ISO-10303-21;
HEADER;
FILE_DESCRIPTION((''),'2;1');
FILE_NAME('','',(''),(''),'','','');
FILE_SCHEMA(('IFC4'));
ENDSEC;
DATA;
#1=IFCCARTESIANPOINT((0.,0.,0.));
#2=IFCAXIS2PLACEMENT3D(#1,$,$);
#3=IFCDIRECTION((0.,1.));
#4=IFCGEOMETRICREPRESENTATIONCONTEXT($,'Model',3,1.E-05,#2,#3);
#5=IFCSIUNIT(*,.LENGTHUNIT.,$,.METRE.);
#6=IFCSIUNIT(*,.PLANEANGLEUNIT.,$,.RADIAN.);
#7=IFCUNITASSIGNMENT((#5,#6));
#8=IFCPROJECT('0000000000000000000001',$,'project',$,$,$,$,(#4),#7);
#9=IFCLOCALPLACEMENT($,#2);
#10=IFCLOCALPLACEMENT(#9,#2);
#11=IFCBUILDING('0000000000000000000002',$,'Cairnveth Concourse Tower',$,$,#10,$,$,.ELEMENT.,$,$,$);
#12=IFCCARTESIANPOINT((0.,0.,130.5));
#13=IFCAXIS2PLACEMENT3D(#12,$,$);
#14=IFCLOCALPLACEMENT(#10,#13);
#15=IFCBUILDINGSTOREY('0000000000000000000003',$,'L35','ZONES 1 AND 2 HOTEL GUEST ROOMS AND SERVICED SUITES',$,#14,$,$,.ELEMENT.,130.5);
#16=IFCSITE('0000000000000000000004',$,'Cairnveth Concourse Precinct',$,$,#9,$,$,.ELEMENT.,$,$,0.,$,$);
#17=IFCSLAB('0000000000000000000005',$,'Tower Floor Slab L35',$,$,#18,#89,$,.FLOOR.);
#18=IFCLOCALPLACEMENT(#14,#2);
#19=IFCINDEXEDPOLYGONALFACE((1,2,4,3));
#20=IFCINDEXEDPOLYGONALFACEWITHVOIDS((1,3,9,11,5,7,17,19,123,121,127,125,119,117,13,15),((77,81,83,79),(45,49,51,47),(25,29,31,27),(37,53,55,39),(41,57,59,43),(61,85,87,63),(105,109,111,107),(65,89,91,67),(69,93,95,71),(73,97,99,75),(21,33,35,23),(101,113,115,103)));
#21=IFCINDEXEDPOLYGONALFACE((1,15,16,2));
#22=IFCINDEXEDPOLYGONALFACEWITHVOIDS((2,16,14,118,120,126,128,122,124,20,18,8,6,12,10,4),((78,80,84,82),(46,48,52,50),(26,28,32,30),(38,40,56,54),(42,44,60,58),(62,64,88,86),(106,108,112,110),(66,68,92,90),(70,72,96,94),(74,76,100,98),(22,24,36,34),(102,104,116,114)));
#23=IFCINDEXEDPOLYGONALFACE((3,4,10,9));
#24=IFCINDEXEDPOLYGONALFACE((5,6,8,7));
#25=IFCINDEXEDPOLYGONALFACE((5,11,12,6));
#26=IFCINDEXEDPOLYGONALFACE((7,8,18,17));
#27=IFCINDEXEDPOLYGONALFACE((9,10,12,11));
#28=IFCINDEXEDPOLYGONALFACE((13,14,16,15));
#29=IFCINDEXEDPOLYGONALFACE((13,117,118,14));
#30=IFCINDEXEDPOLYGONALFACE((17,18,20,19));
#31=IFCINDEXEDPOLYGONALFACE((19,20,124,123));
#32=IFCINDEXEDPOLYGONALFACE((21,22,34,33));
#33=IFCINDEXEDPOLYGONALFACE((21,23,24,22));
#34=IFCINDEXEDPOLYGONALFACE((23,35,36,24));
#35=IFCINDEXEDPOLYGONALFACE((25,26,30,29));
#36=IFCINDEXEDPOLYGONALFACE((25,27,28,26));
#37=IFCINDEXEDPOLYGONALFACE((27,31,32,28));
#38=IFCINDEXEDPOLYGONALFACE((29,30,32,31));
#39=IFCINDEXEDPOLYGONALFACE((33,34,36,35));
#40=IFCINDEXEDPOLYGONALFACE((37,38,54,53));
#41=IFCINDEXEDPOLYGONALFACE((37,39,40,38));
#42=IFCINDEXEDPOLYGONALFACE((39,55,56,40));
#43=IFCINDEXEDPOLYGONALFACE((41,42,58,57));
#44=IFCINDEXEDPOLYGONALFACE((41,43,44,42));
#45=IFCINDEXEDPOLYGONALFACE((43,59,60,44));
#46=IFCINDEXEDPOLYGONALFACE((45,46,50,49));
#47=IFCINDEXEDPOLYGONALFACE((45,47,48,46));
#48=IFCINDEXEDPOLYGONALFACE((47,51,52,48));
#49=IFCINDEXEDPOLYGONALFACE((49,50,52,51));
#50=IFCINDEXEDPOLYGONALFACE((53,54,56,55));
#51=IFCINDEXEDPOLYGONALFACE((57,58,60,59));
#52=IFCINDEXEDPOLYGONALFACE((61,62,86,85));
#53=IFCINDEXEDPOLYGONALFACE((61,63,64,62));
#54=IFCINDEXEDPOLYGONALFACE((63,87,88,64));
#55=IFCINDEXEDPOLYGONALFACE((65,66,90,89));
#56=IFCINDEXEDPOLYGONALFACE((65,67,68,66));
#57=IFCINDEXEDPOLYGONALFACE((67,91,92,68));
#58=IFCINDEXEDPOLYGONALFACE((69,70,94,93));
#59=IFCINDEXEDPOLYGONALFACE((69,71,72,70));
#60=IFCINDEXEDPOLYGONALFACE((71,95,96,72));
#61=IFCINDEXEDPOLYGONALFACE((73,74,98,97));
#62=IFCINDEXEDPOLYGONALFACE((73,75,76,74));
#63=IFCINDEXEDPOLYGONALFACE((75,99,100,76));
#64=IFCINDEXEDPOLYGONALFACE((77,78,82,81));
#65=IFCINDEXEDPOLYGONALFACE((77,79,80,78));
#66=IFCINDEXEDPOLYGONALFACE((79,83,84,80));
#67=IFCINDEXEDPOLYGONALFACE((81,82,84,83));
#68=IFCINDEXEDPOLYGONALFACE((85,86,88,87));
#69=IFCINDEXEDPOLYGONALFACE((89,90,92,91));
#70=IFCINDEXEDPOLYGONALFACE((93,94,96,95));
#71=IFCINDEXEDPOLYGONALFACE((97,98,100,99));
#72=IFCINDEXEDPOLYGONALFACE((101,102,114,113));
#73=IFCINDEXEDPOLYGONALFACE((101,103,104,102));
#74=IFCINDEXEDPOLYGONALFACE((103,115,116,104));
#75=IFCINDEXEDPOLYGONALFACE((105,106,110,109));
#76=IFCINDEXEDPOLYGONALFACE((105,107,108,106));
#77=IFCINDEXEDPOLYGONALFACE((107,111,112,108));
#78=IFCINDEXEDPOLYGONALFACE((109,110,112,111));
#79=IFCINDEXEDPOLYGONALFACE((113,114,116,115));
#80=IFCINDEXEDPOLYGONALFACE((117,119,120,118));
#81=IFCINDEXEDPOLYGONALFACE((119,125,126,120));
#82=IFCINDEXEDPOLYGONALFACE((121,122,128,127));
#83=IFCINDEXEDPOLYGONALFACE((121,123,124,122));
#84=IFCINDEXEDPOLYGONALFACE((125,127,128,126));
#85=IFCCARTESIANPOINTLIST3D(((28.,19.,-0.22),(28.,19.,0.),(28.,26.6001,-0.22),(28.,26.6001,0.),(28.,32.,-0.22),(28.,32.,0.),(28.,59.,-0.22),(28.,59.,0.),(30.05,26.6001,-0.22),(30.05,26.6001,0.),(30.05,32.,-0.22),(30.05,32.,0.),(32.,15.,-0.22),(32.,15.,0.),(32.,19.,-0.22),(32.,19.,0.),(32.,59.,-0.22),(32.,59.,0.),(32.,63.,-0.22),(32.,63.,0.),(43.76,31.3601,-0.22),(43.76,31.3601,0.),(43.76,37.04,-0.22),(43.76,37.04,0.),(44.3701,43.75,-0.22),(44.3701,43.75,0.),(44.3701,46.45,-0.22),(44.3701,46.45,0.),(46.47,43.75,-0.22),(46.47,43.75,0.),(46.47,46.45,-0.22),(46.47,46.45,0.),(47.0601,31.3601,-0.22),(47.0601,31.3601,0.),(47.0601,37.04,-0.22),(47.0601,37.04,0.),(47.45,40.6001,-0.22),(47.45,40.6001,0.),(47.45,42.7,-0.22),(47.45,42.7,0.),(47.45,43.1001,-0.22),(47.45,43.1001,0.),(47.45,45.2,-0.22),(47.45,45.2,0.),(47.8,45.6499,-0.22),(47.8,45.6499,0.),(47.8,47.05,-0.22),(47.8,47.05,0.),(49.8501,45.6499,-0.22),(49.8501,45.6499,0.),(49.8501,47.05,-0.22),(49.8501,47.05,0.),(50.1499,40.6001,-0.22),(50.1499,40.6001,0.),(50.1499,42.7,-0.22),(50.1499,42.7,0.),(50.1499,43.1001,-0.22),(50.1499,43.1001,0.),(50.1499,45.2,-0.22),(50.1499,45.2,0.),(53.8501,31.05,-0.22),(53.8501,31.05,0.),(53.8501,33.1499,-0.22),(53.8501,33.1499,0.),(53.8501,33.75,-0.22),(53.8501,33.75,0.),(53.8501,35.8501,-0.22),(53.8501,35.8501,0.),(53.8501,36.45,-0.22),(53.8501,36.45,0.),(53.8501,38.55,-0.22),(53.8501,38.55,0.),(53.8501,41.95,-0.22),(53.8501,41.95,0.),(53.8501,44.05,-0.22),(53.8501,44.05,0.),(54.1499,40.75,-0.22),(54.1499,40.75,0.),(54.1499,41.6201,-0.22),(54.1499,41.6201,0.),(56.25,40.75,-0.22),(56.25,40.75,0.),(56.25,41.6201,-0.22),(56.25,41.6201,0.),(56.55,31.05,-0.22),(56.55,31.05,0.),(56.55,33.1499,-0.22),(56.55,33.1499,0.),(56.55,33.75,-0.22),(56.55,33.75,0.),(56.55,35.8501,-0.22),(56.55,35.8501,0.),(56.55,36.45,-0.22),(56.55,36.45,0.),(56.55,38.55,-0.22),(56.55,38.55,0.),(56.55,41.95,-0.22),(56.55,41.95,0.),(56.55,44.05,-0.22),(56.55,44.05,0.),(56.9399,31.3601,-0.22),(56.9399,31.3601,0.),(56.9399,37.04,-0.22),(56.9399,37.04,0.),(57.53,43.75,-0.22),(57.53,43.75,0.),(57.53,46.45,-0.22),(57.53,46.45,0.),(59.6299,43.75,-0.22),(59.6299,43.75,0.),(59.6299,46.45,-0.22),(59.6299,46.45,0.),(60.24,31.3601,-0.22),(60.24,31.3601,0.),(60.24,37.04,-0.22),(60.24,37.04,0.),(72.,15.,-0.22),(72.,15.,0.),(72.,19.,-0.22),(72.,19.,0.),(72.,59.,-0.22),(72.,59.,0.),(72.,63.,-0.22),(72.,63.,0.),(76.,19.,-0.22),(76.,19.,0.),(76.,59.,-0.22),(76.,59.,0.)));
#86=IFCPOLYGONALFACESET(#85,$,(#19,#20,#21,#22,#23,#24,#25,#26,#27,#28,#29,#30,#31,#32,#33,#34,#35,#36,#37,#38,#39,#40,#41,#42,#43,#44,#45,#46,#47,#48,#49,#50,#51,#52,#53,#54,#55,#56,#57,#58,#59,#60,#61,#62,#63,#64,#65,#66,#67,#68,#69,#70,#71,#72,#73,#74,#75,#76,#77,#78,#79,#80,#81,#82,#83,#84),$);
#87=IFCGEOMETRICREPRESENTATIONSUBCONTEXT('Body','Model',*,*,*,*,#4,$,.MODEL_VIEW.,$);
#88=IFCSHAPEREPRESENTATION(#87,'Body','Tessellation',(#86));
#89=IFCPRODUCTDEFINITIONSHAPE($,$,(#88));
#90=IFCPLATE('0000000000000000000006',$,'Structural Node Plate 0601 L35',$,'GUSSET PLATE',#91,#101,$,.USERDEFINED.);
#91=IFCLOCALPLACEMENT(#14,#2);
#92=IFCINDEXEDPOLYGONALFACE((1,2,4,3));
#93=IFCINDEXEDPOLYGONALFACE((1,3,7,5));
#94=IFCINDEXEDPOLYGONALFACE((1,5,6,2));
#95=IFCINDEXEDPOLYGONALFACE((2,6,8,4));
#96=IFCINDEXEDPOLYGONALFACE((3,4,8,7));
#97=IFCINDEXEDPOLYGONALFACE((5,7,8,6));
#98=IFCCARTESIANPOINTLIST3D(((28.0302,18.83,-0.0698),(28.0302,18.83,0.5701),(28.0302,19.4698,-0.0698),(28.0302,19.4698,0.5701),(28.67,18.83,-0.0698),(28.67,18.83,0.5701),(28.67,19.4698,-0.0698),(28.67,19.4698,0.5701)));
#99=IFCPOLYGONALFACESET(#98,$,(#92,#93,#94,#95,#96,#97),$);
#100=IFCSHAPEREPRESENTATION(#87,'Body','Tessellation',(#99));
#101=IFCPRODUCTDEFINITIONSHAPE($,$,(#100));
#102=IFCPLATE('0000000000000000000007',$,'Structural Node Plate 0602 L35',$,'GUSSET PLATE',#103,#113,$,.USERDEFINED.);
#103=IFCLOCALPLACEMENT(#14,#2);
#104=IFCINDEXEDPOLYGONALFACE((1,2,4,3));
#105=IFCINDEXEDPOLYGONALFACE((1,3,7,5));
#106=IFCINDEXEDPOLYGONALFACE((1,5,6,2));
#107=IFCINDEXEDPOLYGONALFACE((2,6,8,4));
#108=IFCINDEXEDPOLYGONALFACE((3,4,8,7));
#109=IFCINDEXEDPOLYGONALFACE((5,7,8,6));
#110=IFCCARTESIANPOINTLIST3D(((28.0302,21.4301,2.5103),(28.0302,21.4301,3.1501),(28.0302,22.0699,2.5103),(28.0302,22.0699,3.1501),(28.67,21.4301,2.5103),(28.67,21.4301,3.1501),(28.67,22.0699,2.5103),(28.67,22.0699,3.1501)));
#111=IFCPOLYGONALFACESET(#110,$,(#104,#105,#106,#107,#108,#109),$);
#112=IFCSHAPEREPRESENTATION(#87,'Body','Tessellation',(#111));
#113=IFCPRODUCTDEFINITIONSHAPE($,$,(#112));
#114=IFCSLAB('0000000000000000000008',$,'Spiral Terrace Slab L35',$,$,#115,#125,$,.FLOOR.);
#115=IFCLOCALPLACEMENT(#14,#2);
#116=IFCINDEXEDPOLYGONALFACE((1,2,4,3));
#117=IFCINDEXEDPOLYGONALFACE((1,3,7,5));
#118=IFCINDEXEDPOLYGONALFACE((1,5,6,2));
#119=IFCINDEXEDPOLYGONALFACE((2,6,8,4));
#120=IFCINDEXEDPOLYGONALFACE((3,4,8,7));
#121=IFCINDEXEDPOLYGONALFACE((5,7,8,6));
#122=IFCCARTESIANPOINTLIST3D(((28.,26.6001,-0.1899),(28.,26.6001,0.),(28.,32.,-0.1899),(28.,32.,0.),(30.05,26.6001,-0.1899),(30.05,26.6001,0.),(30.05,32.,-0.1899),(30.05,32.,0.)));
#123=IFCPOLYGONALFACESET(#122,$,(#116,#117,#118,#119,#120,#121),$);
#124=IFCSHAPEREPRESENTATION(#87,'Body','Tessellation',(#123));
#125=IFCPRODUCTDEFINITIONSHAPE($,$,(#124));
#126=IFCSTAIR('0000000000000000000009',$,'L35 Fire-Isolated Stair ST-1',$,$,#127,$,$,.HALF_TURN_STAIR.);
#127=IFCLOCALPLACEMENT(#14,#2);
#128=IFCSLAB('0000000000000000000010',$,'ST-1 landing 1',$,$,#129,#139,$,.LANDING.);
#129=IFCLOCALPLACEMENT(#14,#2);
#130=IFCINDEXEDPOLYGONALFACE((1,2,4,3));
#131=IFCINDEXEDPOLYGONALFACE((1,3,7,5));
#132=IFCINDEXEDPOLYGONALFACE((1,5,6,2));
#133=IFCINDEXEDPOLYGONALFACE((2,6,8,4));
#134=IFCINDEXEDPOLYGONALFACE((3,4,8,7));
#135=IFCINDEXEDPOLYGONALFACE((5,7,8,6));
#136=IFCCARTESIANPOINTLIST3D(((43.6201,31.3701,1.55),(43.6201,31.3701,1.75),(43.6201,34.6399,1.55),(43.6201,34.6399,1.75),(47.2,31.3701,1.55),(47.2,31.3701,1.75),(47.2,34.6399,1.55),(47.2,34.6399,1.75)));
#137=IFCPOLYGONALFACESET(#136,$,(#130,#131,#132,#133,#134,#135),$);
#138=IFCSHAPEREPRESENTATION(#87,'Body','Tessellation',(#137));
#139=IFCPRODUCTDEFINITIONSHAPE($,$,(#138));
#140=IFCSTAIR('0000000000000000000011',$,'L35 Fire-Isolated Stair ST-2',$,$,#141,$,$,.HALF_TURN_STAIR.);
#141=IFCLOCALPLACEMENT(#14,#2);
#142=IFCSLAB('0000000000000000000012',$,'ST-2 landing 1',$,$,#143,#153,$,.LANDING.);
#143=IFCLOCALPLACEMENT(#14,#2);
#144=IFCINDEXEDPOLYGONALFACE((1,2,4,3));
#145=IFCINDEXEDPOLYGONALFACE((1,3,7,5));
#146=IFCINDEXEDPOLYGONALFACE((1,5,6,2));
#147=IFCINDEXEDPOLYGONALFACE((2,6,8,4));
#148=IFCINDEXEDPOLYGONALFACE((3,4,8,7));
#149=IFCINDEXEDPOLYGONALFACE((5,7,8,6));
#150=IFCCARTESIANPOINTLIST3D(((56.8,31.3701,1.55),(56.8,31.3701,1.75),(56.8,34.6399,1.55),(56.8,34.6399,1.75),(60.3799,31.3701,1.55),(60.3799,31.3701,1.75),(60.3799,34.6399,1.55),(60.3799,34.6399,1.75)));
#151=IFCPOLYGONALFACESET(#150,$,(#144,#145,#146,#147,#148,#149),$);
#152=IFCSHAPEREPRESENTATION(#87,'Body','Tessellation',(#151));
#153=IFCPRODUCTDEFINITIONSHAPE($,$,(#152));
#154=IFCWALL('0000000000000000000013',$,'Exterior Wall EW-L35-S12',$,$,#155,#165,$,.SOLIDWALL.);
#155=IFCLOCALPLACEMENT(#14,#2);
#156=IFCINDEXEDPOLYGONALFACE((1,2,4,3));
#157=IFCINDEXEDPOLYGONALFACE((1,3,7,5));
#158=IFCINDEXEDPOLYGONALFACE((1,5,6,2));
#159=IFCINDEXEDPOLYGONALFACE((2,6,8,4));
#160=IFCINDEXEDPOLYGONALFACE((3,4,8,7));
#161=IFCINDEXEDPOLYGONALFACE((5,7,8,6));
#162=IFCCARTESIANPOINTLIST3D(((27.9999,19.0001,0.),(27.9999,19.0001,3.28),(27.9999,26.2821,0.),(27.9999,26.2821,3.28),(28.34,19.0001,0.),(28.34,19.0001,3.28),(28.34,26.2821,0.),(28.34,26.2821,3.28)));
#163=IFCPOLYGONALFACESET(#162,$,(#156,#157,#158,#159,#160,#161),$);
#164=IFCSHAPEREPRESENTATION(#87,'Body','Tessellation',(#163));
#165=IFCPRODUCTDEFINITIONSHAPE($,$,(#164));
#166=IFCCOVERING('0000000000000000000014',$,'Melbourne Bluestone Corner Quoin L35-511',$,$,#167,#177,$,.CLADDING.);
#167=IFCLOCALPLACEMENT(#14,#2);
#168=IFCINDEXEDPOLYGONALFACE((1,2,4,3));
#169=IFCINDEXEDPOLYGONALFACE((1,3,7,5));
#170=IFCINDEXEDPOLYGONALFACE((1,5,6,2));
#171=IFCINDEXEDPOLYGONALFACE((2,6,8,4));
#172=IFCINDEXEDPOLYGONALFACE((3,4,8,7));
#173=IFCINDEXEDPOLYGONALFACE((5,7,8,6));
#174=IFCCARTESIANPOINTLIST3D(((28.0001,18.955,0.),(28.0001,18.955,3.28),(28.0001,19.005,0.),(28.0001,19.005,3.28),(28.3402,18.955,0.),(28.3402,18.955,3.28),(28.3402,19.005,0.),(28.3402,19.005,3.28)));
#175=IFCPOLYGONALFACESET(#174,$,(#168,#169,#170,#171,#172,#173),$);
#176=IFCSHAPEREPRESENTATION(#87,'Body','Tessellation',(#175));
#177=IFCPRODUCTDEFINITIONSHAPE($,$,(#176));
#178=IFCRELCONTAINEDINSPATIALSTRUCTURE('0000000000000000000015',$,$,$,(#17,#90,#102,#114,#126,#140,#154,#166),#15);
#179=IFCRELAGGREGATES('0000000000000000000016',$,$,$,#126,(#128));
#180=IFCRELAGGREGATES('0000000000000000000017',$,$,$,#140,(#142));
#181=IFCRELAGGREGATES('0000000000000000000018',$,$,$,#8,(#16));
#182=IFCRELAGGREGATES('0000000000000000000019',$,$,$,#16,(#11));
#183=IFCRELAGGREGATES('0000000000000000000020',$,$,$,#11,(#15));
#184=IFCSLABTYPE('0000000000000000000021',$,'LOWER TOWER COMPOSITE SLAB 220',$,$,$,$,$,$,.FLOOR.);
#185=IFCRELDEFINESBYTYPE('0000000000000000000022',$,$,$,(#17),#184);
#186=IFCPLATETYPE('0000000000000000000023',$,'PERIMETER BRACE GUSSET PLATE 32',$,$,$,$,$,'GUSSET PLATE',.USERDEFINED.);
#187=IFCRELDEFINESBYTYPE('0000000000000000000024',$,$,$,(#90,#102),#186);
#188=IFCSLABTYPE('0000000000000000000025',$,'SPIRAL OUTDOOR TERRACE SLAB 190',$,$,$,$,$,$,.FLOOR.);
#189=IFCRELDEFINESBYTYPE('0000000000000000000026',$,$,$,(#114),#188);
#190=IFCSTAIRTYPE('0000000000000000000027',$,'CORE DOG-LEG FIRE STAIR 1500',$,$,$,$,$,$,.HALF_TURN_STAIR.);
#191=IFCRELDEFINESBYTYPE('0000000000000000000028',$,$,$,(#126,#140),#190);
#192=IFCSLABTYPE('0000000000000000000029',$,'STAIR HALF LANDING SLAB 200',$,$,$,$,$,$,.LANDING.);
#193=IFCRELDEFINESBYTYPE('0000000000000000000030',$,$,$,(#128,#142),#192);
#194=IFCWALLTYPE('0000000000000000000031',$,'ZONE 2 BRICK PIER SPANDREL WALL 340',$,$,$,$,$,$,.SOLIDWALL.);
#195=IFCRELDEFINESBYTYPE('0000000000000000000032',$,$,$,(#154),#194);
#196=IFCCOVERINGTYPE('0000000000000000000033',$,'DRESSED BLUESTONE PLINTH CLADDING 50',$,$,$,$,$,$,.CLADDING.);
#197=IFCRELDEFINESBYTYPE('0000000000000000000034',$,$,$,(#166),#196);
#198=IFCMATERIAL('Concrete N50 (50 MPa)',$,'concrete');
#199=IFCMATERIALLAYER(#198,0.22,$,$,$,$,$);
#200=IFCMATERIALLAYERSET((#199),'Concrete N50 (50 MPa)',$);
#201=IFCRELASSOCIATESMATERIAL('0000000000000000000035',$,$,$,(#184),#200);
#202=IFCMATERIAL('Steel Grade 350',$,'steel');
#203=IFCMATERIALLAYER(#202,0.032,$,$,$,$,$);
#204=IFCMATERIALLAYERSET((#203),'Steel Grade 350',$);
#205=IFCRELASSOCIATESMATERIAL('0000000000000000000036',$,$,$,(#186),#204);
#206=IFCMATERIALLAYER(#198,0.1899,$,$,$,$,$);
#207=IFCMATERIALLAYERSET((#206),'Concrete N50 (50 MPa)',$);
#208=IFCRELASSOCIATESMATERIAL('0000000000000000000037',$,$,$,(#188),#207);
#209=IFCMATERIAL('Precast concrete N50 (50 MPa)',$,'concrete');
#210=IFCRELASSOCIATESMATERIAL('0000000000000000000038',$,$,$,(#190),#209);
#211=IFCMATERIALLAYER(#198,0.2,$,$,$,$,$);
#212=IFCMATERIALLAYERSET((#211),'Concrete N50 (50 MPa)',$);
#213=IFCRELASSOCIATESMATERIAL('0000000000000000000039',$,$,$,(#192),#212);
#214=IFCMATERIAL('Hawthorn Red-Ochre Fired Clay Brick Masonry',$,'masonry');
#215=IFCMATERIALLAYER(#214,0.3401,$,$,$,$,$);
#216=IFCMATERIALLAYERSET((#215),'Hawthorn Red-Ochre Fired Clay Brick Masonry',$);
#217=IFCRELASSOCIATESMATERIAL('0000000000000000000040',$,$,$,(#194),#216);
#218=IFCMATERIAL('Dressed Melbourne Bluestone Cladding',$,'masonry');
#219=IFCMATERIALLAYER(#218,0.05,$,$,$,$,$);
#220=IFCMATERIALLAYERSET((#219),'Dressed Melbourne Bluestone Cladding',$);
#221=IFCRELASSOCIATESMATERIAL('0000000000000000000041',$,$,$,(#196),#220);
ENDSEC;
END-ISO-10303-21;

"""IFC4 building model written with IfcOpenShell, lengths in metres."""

from ifc_helpers import new_model, si_unit, direction, frame, frame_2d, origin, origin_2d, place, context, subcontext, project, spatial, polyline, rectangle, outline, extrude, material, layer, layer_set, type_object, element, aggregate, save


model = new_model("IFC4")

# Units and contexts
model_context = context("Model", 3, precision=1e-05, world=origin(), true_north=direction((0.0, 1.0)))
body_context = subcontext(model_context, "Body", "Model", "MODEL_VIEW")
ifc_project = project(units=[si_unit("LENGTHUNIT", "METRE"), si_unit("PLANEANGLEUNIT", "RADIAN")], contexts=[model_context])

# Site, building, storey
site_placement = place(None, origin())
site = spatial("IfcSite", under=ifc_project, at=site_placement, Name="Cairnveth Concourse Precinct", CompositionType="ELEMENT", RefElevation=0.0)
building_placement = place(site_placement, origin())
building = spatial("IfcBuilding", under=site, at=building_placement, Name="Cairnveth Concourse Tower", CompositionType="ELEMENT")
storey_placement = place(building_placement, frame((0.0, 0.0, 130.5)))
storey = spatial("IfcBuildingStorey", under=building, at=storey_placement, Name="L35", Description="ZONES 1 AND 2 HOTEL GUEST ROOMS AND SERVICED SUITES", CompositionType="ELEMENT", Elevation=130.5)

# Shared definitions
ifc_material_1 = material(Name="Steel Grade 350", Category="steel")

# Slab
ifc_material_2 = material(Name="Concrete N50 (50 MPa)", Category="concrete")
ifc_layer_1 = layer(ifc_material_2, 0.22)
ifc_layer_set_1 = layer_set([ifc_layer_1], Name="Concrete N50 (50 MPa)")
slab_type_1 = type_object("IfcSlabType", Name="LOWER TOWER COMPOSITE SLAB 220", PredefinedType="FLOOR", material=ifc_layer_set_1)
slab_1_placement = place(storey_placement, frame((0.0, 0.0, -0.22)))
element("IfcSlab", 1, at=slab_1_placement, inside=storey, type_object=slab_type_1, Name="Tower Floor Slab L35", PredefinedType="FLOOR", context=body_context, shape_type="SweptSolid", body=[
    extrude(outline(polyline([(28.0, 32.0), (30.05, 32.0), (30.05, 26.6001), (28.0, 26.6001), (28.0, 19.0), (32.0, 19.0), (32.0, 15.0), (72.0, 15.0), (72.0, 19.0), (76.0, 19.0), (76.0, 59.0), (72.0, 59.0), (72.0, 63.0), (32.0, 63.0), (32.0, 59.0), (28.0, 59.0), (28.0, 32.0)]), holes=[polyline([(43.76, 31.3601), (47.0601, 31.3601), (47.0601, 37.04), (43.76, 37.04), (43.76, 31.3601)]), polyline([(56.9399, 31.3601), (60.24, 31.3601), (60.24, 37.04), (56.9399, 37.04), (56.9399, 31.3601)]), polyline([(44.3701, 43.75), (46.47, 43.75), (46.47, 46.45), (44.3701, 46.45), (44.3701, 43.75)]), polyline([(57.53, 43.75), (59.6299, 43.75), (59.6299, 46.45), (57.53, 46.45), (57.53, 43.75)]), polyline([(53.8501, 31.05), (56.55, 31.05), (56.55, 33.1499), (53.8501, 33.1499), (53.8501, 31.05)]), polyline([(53.8501, 33.75), (56.55, 33.75), (56.55, 35.8501), (53.8501, 35.8501), (53.8501, 33.75)]), polyline([(53.8501, 36.45), (56.55, 36.45), (56.55, 38.55), (53.8501, 38.55), (53.8501, 36.45)]), polyline([(47.45, 40.6001), (50.1499, 40.6001), (50.1499, 42.7), (47.45, 42.7), (47.45, 40.6001)]), polyline([(47.45, 43.1001), (50.1499, 43.1001), (50.1499, 45.2), (47.45, 45.2), (47.45, 43.1001)]), polyline([(53.8501, 41.95), (56.55, 41.95), (56.55, 44.05), (53.8501, 44.05), (53.8501, 41.95)]), polyline([(47.8, 45.6499), (49.8501, 45.6499), (49.8501, 47.05), (47.8, 47.05), (47.8, 45.6499)]), polyline([(54.1499, 40.75), (56.25, 40.75), (56.25, 41.6201), (54.1499, 41.6201), (54.1499, 40.75)])]), origin(), (0.0, 0.0, 1.0), 0.22),
])

# Plates
ifc_layer_2 = layer(ifc_material_1, 0.032)
ifc_layer_set_2 = layer_set([ifc_layer_2], Name="Steel Grade 350")
plate_type = type_object("IfcPlateType", Name="PERIMETER BRACE GUSSET PLATE 32", ElementType="GUSSET PLATE", PredefinedType="USERDEFINED", material=ifc_layer_set_2)
for number, where, z_axis, x_axis, name in (
    (2, (28.3501, 19.1499, -0.0698), (0.0, 0.0, 1.0), (1.0, 0.0, 0.0), "Structural Node Plate 0601 L35"),
    (3, (28.3501, 21.75, 2.5103), (0.0, 0.0, 1.0), (1.0, 0.0, 0.0), "Structural Node Plate 0602 L35"),
):
    element("IfcPlate", number, at=place(storey_placement, frame(where, z_axis=z_axis, x_axis=x_axis)), inside=storey, type_object=plate_type, Name=name, ObjectType="GUSSET PLATE", PredefinedType="USERDEFINED", context=body_context, shape_type="SweptSolid", body=[
        extrude(rectangle(XDim=0.6399, YDim=0.6399, at=origin_2d()), origin(), (0.0, 0.0, 1.0), 0.6399),
    ])

# Slab
ifc_layer_3 = layer(ifc_material_2, 0.1899)
ifc_layer_set_3 = layer_set([ifc_layer_3], Name="Concrete N50 (50 MPa)")
slab_type_2 = type_object("IfcSlabType", Name="SPIRAL OUTDOOR TERRACE SLAB 190", PredefinedType="FLOOR", material=ifc_layer_set_3)
slab_2_placement = place(storey_placement, frame((0.0, 0.0, -0.1899)))
element("IfcSlab", 4, at=slab_2_placement, inside=storey, type_object=slab_type_2, Name="Spiral Terrace Slab L35", PredefinedType="FLOOR", context=body_context, shape_type="SweptSolid", body=[
    extrude(outline(polyline([(28.0, 26.6001), (30.05, 26.6001), (30.05, 32.0), (28.0, 32.0), (28.0, 26.6001)])), origin(), (0.0, 0.0, 1.0), 0.1899),
])

# Stairs, slabs
ifc_material_3 = material(Name="Precast concrete N50 (50 MPa)", Category="concrete")
stair_type = type_object("IfcStairType", Name="CORE DOG-LEG FIRE STAIR 1500", PredefinedType="HALF_TURN_STAIR", material=ifc_material_3)
stair_1_placement = place(storey_placement, origin())
stair_1 = element("IfcStair", 5, at=stair_1_placement, inside=storey, type_object=stair_type, Name="L35 Fire-Isolated Stair ST-1", PredefinedType="HALF_TURN_STAIR")
ifc_layer_4 = layer(ifc_material_2, 0.2)
ifc_layer_set_4 = layer_set([ifc_layer_4], Name="Concrete N50 (50 MPa)")
slab_type_3 = type_object("IfcSlabType", Name="STAIR HALF LANDING SLAB 200", PredefinedType="LANDING", material=ifc_layer_set_4)
slab_3_placement = place(storey_placement, frame((0.0, 0.0, 1.55)))
slab_3 = element("IfcSlab", 6, at=slab_3_placement, type_object=slab_type_3, Name="ST-1 landing 1", PredefinedType="LANDING", context=body_context, shape_type="SweptSolid", body=[
    extrude(outline(polyline([(43.6201, 34.6399), (43.6201, 31.3701), (47.2, 31.3701), (47.2, 34.6399), (43.6201, 34.6399)])), origin(), (0.0, 0.0, 1.0), 0.2),
])
aggregate(stair_1, [slab_3])
stair_2_placement = place(storey_placement, origin())
stair_2 = element("IfcStair", 7, at=stair_2_placement, inside=storey, type_object=stair_type, Name="L35 Fire-Isolated Stair ST-2", PredefinedType="HALF_TURN_STAIR")
slab_4_placement = place(storey_placement, frame((0.0, 0.0, 1.55)))
slab_4 = element("IfcSlab", 8, at=slab_4_placement, type_object=slab_type_3, Name="ST-2 landing 1", PredefinedType="LANDING", context=body_context, shape_type="SweptSolid", body=[
    extrude(outline(polyline([(56.8, 34.6399), (56.8, 31.3701), (60.3799, 31.3701), (60.3799, 34.6399), (56.8, 34.6399)])), origin(), (0.0, 0.0, 1.0), 0.2),
])
aggregate(stair_2, [slab_4])

# Wall
ifc_material_4 = material(Name="Hawthorn Red-Ochre Fired Clay Brick Masonry", Category="masonry")
ifc_layer_5 = layer(ifc_material_4, 0.3401)
ifc_layer_set_5 = layer_set([ifc_layer_5], Name="Hawthorn Red-Ochre Fired Clay Brick Masonry")
wall_type = type_object("IfcWallType", Name="ZONE 2 BRICK PIER SPANDREL WALL 340", PredefinedType="SOLIDWALL", material=ifc_layer_set_5)
wall_placement = place(storey_placement, frame((28.1699, 19.0, 0.0), z_axis=(0.0, 0.0, 1.0), x_axis=(0.0, 1.0, 0.0)))
element("IfcWall", 9, at=wall_placement, inside=storey, type_object=wall_type, Name="Exterior Wall EW-L35-S12", PredefinedType="SOLIDWALL", context=body_context, shape_type="SweptSolid", body=[
    extrude(rectangle(XDim=7.282, YDim=0.3401, at=frame_2d((3.6411, 0.0))), origin(), (0.0, 0.0, 1.0), 3.28),
])

# Covering
ifc_material_5 = material(Name="Dressed Melbourne Bluestone Cladding", Category="masonry")
ifc_layer_6 = layer(ifc_material_5, 0.05)
ifc_layer_set_6 = layer_set([ifc_layer_6], Name="Dressed Melbourne Bluestone Cladding")
covering_type = type_object("IfcCoveringType", Name="DRESSED BLUESTONE PLINTH CLADDING 50", PredefinedType="CLADDING", material=ifc_layer_set_6)
covering_placement = place(storey_placement, frame((28.3401, 18.98, 0.0), z_axis=(0.0, 0.0, 1.0), x_axis=(-1.0, 0.0, 0.0)))
element("IfcCovering", 10, at=covering_placement, inside=storey, type_object=covering_type, Name="Melbourne Bluestone Corner Quoin L35-511", PredefinedType="CLADDING", context=body_context, shape_type="SweptSolid", body=[
    extrude(rectangle(XDim=0.3401, YDim=0.05, at=frame_2d((0.1699, 0.0))), origin(), (0.0, 0.0, 1.0), 3.28),
])

save(model, "model.ifc")
